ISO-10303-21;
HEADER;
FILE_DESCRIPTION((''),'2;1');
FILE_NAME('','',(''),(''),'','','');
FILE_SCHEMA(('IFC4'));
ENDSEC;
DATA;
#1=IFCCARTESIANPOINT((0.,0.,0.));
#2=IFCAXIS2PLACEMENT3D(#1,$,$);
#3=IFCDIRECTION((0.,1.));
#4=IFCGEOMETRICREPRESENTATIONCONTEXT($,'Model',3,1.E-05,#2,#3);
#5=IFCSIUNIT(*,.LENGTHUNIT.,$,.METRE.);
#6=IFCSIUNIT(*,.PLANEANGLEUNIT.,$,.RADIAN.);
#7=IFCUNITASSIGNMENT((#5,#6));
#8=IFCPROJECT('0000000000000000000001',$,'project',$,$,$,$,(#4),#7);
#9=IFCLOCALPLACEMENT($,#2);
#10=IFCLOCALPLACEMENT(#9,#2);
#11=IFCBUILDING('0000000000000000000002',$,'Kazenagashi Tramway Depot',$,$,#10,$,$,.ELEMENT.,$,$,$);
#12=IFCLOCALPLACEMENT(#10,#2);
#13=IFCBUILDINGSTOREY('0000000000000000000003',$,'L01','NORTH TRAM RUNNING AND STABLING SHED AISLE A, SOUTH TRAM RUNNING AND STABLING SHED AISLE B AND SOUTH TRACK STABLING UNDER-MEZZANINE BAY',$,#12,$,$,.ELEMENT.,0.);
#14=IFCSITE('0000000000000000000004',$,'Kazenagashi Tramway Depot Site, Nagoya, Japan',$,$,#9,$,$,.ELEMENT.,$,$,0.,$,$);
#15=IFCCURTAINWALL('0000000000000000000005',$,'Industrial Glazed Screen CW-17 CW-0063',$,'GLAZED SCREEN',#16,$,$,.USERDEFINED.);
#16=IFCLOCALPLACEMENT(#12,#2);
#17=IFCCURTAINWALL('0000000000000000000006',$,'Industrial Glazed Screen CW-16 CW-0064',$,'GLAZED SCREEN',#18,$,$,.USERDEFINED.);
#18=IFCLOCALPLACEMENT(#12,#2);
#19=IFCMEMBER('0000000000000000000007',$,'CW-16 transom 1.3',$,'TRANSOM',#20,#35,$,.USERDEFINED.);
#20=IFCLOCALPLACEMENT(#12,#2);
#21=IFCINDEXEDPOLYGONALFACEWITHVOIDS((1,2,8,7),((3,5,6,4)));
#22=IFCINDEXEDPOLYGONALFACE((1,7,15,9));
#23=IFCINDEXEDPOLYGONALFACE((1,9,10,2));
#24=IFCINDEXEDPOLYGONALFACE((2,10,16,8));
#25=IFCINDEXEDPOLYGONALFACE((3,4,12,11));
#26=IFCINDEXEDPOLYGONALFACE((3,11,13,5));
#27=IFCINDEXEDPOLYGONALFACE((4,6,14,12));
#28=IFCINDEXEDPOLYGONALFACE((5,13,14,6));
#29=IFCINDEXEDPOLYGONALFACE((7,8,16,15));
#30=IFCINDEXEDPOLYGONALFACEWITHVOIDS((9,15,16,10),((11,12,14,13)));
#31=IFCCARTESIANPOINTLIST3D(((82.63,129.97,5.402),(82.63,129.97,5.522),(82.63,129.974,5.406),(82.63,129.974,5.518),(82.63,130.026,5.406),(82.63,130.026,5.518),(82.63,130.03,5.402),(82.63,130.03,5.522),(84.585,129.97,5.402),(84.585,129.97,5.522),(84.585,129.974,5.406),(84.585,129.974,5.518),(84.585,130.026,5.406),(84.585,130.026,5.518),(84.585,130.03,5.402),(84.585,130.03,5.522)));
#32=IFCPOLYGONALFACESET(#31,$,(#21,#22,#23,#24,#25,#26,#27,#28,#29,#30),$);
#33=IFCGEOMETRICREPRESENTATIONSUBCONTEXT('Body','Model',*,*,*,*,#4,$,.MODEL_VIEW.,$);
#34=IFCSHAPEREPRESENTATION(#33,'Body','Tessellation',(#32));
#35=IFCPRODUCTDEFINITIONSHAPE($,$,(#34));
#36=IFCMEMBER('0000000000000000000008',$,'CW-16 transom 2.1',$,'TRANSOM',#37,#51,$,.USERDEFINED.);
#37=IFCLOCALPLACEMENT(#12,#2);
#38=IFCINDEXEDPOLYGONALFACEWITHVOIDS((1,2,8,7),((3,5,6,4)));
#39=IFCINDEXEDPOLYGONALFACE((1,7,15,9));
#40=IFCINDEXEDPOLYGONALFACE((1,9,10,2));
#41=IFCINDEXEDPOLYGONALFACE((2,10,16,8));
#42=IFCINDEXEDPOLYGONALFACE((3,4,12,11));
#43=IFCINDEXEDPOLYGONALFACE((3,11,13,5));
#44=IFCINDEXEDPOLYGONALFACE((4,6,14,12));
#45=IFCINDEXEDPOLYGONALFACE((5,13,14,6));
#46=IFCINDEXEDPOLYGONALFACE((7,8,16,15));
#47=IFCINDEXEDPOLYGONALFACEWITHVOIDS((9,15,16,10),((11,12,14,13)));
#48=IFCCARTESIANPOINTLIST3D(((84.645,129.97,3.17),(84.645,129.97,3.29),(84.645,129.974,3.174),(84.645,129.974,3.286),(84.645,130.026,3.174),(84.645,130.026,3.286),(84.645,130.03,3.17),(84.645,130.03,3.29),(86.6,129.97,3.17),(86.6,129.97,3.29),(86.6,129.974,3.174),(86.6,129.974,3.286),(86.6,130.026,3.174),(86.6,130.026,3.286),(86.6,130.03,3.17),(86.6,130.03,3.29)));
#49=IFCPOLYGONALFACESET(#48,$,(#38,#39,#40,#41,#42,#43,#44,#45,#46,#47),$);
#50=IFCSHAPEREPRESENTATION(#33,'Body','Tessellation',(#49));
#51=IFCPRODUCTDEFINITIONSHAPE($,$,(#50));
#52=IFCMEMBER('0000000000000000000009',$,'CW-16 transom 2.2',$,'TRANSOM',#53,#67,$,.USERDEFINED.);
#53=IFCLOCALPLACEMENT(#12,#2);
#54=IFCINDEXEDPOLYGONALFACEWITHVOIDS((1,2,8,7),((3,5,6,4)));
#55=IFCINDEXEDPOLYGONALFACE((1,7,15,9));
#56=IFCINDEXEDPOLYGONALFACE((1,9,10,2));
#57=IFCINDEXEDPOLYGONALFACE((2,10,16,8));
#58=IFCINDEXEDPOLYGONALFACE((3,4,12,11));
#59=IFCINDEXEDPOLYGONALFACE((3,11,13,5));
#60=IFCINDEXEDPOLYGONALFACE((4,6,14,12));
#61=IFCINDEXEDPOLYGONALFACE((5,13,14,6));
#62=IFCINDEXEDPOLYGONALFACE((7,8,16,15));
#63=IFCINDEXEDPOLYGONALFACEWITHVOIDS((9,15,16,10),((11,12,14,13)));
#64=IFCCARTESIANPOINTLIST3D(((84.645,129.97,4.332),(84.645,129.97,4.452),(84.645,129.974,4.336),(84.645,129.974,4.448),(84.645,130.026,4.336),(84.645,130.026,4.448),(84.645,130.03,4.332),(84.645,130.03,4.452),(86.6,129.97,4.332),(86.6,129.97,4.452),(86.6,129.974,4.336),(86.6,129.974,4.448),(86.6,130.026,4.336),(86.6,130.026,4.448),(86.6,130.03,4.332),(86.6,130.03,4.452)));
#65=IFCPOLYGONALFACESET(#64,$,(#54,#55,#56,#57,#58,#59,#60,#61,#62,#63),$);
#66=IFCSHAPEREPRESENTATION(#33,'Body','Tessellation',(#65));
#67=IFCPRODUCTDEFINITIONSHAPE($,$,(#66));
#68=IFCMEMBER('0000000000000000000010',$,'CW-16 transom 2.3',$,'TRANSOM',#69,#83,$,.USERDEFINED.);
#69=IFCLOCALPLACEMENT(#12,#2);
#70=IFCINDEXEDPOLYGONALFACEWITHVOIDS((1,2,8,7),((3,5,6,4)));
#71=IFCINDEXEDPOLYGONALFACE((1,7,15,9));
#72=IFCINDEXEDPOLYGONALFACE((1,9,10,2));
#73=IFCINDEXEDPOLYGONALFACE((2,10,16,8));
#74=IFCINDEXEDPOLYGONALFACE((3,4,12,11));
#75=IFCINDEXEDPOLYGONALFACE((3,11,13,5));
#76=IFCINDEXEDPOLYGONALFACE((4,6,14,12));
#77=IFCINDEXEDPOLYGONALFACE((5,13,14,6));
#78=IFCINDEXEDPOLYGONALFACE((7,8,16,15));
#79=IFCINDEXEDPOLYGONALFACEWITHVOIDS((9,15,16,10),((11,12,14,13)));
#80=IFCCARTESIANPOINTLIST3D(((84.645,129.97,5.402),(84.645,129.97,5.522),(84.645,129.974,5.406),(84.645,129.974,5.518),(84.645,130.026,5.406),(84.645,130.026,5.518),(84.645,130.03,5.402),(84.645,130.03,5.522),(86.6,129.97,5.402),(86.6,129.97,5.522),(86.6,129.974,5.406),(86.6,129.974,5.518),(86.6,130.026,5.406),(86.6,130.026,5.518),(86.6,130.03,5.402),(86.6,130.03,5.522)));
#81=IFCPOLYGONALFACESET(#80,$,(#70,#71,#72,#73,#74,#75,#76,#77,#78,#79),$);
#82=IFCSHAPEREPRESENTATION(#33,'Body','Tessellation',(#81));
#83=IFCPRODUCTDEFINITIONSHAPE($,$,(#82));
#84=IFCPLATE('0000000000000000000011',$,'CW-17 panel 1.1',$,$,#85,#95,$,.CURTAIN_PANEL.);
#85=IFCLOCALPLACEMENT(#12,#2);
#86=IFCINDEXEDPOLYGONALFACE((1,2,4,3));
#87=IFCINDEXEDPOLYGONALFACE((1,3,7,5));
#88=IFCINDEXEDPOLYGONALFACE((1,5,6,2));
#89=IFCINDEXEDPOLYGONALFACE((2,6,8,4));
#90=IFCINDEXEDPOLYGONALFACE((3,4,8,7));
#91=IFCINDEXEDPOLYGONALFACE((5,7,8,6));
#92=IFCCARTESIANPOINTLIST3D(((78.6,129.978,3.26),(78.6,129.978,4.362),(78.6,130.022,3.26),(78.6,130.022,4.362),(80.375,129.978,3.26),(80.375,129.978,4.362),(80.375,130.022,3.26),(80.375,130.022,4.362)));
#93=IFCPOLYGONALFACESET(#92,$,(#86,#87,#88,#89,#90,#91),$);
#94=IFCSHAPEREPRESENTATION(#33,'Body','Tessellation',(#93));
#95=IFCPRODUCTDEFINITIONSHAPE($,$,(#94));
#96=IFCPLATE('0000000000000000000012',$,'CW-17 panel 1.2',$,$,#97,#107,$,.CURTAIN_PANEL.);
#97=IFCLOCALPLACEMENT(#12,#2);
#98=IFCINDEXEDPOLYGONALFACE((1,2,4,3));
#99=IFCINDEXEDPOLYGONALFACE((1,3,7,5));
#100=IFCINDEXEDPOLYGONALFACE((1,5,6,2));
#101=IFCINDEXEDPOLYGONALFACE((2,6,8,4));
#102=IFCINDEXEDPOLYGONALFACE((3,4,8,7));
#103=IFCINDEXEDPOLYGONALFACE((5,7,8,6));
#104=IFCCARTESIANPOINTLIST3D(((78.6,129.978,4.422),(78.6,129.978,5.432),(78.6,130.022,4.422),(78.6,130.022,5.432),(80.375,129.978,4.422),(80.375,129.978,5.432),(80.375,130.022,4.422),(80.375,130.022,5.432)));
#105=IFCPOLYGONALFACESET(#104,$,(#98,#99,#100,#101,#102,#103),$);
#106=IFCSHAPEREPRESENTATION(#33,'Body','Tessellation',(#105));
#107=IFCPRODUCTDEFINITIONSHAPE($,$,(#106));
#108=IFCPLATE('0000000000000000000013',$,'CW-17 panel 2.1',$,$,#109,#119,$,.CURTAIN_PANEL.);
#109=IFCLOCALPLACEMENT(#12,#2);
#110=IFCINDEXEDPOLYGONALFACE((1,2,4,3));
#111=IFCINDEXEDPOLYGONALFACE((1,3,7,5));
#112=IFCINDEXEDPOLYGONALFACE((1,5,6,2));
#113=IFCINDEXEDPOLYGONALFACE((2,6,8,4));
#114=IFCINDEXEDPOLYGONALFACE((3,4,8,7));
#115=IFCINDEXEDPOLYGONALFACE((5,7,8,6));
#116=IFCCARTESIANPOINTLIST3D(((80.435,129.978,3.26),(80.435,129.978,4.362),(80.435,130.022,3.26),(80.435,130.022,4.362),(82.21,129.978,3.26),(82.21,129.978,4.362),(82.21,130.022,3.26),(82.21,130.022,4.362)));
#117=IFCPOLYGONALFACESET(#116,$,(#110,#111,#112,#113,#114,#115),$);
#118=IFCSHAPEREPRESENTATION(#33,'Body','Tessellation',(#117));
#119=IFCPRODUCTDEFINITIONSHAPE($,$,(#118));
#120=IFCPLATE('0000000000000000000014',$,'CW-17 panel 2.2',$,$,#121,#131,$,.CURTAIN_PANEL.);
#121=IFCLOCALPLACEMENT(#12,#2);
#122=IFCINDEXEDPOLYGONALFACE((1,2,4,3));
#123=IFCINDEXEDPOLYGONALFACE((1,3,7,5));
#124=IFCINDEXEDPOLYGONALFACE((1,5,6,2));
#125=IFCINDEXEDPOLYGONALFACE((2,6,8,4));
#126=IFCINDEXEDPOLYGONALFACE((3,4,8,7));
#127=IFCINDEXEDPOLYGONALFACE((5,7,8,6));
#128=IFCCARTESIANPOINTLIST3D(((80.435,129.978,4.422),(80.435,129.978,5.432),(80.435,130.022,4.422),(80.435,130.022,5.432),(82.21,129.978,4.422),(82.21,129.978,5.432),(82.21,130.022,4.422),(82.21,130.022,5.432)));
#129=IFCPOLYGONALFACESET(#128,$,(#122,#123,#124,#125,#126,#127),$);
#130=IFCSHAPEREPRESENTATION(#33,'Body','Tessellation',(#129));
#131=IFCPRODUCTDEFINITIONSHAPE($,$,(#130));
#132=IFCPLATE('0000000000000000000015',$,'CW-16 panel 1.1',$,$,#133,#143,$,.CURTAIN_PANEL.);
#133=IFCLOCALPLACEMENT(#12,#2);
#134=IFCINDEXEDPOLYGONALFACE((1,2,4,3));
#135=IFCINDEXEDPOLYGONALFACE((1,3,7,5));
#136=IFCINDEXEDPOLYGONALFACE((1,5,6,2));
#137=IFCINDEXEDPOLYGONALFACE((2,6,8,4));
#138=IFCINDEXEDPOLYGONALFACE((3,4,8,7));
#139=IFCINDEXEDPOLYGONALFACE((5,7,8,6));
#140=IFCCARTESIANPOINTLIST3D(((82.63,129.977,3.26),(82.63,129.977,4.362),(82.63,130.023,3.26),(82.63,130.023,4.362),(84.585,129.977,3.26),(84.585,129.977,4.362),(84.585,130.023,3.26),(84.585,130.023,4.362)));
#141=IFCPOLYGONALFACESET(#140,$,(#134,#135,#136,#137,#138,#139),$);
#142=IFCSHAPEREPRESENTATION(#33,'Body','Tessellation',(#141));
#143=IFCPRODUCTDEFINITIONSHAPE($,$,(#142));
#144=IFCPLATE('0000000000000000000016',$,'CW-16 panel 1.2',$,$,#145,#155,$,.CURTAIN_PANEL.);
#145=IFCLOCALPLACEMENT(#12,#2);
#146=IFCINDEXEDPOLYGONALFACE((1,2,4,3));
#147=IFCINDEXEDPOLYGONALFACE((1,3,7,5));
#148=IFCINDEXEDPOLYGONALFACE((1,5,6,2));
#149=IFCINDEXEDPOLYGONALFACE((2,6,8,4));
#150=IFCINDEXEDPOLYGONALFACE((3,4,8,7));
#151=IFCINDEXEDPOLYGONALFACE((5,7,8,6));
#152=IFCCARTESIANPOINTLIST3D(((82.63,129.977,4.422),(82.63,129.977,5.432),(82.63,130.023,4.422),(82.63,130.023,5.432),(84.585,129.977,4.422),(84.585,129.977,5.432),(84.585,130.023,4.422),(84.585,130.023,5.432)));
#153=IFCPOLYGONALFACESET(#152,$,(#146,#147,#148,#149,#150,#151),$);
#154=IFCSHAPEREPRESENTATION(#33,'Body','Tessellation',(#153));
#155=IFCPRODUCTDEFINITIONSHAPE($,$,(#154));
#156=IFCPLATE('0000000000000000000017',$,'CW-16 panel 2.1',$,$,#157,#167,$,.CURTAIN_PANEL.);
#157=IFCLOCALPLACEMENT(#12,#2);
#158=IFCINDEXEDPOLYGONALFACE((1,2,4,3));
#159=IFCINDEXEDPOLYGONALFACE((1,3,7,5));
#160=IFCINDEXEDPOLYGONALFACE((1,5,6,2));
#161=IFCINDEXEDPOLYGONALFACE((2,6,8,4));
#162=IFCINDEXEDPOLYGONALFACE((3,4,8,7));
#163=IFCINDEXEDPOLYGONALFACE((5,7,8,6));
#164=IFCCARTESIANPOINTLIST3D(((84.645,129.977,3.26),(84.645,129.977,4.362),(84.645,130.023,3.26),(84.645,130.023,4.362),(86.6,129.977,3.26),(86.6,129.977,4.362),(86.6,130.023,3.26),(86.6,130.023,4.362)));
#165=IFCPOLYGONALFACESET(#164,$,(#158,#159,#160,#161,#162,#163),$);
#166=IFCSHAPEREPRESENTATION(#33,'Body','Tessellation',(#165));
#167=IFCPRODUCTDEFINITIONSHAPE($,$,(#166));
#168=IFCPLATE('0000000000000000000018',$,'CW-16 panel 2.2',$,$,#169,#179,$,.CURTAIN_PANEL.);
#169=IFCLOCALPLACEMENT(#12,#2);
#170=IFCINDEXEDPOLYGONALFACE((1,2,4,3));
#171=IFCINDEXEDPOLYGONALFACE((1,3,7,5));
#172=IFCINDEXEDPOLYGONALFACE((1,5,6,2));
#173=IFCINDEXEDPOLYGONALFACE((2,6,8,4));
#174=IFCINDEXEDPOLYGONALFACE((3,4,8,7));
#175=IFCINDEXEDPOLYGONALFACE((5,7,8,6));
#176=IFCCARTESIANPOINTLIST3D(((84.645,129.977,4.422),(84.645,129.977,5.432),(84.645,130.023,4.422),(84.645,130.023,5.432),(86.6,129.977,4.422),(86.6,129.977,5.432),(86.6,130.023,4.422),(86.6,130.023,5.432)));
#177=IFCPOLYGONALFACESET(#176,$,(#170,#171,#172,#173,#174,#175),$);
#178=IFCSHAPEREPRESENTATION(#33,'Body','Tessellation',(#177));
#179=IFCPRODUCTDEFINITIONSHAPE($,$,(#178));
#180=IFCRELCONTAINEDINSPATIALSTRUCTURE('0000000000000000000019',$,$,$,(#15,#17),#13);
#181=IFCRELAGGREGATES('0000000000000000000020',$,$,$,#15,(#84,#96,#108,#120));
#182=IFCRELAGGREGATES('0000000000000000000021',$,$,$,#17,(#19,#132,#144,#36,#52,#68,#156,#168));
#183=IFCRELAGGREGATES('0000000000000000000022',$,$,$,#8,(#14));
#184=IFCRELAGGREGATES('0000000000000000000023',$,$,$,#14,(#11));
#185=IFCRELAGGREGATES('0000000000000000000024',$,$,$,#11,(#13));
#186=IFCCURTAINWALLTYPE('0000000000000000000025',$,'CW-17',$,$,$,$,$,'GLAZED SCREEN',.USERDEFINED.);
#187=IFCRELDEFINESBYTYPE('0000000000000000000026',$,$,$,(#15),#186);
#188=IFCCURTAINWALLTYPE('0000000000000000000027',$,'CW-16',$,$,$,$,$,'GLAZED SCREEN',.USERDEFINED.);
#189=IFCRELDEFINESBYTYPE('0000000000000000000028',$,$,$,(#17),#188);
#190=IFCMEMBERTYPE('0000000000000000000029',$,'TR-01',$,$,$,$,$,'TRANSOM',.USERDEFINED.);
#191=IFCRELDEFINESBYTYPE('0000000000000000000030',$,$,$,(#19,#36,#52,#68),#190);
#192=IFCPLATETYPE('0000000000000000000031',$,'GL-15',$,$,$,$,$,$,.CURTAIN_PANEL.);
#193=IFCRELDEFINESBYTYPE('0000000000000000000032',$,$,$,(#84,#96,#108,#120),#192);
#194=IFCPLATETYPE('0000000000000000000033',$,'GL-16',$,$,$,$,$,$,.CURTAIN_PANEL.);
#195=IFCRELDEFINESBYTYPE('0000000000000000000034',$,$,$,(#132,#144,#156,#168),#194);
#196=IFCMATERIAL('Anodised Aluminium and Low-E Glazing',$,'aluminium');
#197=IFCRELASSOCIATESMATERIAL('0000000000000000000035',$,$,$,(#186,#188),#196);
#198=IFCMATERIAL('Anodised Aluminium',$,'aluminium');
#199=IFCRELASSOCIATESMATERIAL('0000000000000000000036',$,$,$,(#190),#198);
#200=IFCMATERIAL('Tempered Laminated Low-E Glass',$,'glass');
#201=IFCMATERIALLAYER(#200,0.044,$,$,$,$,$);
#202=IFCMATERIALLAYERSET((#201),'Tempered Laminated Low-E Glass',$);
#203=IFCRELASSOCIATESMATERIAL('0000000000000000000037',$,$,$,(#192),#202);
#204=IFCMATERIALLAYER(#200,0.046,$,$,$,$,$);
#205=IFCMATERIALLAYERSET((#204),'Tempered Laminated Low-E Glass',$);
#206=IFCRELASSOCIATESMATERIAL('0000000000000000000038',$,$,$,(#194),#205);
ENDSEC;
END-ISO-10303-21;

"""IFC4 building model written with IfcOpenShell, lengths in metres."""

from ifc_helpers import new_model, si_unit, direction, frame, origin, origin_2d, place, context, subcontext, project, spatial, rectangle, hollow_rectangle, extrude, material, layer, layer_set, material_profile, profile_set, type_object, element, aggregate, save


model = new_model("IFC4")

# Units and contexts
model_context = context("Model", 3, precision=1e-05, world=origin(), true_north=direction((0.0, 1.0)))
body_context = subcontext(model_context, "Body", "Model", "MODEL_VIEW")
ifc_project = project(units=[si_unit("LENGTHUNIT", "METRE"), si_unit("PLANEANGLEUNIT", "RADIAN")], contexts=[model_context])

# Site, building, storey
site_placement = place(None, origin())
site = spatial("IfcSite", under=ifc_project, at=site_placement, Name="Kazenagashi Tramway Depot Site, Nagoya, Japan", CompositionType="ELEMENT", RefElevation=0.0)
building_placement = place(site_placement, origin())
building = spatial("IfcBuilding", under=site, at=building_placement, Name="Kazenagashi Tramway Depot", CompositionType="ELEMENT")
storey_placement = place(building_placement, origin())
storey = spatial("IfcBuildingStorey", under=building, at=storey_placement, Name="L01", Description="NORTH TRAM RUNNING AND STABLING SHED AISLE A, SOUTH TRAM RUNNING AND STABLING SHED AISLE B AND SOUTH TRACK STABLING UNDER-MEZZANINE BAY", CompositionType="ELEMENT", Elevation=0.0)

# Curtain walls
ifc_material_1 = material(Name="Anodised Aluminium and Low-E Glazing", Category="aluminium")
curtain_wall_type_1 = type_object("IfcCurtainWallType", Name="CW-17", ElementType="GLAZED SCREEN", PredefinedType="USERDEFINED", material=ifc_material_1)
curtain_wall_1_placement = place(storey_placement, origin())
curtain_wall_1 = element("IfcCurtainWall", 1, at=curtain_wall_1_placement, inside=storey, type_object=curtain_wall_type_1, Name="Industrial Glazed Screen CW-17 CW-0063", ObjectType="GLAZED SCREEN", PredefinedType="USERDEFINED")
ifc_material_2 = material(Name="Anodised Aluminium", Category="aluminium")
curtain_wall_type_2 = type_object("IfcCurtainWallType", Name="CW-16", ElementType="GLAZED SCREEN", PredefinedType="USERDEFINED", material=ifc_material_1)
curtain_wall_2_placement = place(storey_placement, origin())
curtain_wall_2 = element("IfcCurtainWall", 2, at=curtain_wall_2_placement, inside=storey, type_object=curtain_wall_type_2, Name="Industrial Glazed Screen CW-16 CW-0064", ObjectType="GLAZED SCREEN", PredefinedType="USERDEFINED")

# Members
ifc_material_profile_1 = material_profile(ifc_material_2, hollow_rectangle(XDim=0.06, YDim=0.12, WallThickness=0.004, at=origin_2d()), Name="RHS-120x60x4")
ifc_profile_set_1 = profile_set([ifc_material_profile_1], Name="Anodised Aluminium")
member_type_1 = type_object("IfcMemberType", Name="TR-01", ElementType="TRANSOM", PredefinedType="USERDEFINED", material=ifc_profile_set_1)
member_1_placement = place(storey_placement, frame((82.63, 130.0, 5.462), z_axis=(1.0, 0.0, 0.0), x_axis=(0.0, 1.0, 0.0)))
member_1 = element("IfcMember", 3, at=member_1_placement, type_object=member_type_1, Name="CW-16 transom 1.3", ObjectType="TRANSOM", PredefinedType="USERDEFINED", context=body_context, shape_type="SweptSolid", body=[
    extrude(hollow_rectangle(XDim=0.06, YDim=0.12, WallThickness=0.004, at=origin_2d()), origin(), (0.0, 0.0, 1.0), 1.955),
])
member_2_placement = place(storey_placement, frame((84.645, 130.0, 3.23), z_axis=(1.0, 0.0, 0.0), x_axis=(0.0, 1.0, 0.0)))
member_2 = element("IfcMember", 4, at=member_2_placement, type_object=member_type_1, Name="CW-16 transom 2.1", ObjectType="TRANSOM", PredefinedType="USERDEFINED", context=body_context, shape_type="SweptSolid", body=[
    extrude(hollow_rectangle(XDim=0.06, YDim=0.12, WallThickness=0.004, at=origin_2d()), origin(), (0.0, 0.0, 1.0), 1.955),
])
member_3_placement = place(storey_placement, frame((84.645, 130.0, 4.392), z_axis=(1.0, 0.0, 0.0), x_axis=(0.0, 1.0, 0.0)))
member_3 = element("IfcMember", 5, at=member_3_placement, type_object=member_type_1, Name="CW-16 transom 2.2", ObjectType="TRANSOM", PredefinedType="USERDEFINED", context=body_context, shape_type="SweptSolid", body=[
    extrude(hollow_rectangle(XDim=0.06, YDim=0.12, WallThickness=0.004, at=origin_2d()), origin(), (0.0, 0.0, 1.0), 1.955),
])
member_4_placement = place(storey_placement, frame((84.645, 130.0, 5.462), z_axis=(1.0, 0.0, 0.0), x_axis=(0.0, 1.0, 0.0)))
member_4 = element("IfcMember", 6, at=member_4_placement, type_object=member_type_1, Name="CW-16 transom 2.3", ObjectType="TRANSOM", PredefinedType="USERDEFINED", context=body_context, shape_type="SweptSolid", body=[
    extrude(hollow_rectangle(XDim=0.06, YDim=0.12, WallThickness=0.004, at=origin_2d()), origin(), (0.0, 0.0, 1.0), 1.955),
])

# Plates
ifc_material_3 = material(Name="Tempered Laminated Low-E Glass", Category="glass")
ifc_layer_1 = layer(ifc_material_3, 0.044)
ifc_layer_set_1 = layer_set([ifc_layer_1], Name="Tempered Laminated Low-E Glass")
plate_type_1 = type_object("IfcPlateType", Name="GL-15", PredefinedType="CURTAIN_PANEL", material=ifc_layer_set_1)
plate_1_placement = place(storey_placement, frame((79.4875, 130.0, 3.26), z_axis=(0.0, 0.0, 1.0), x_axis=(1.0, 0.0, 0.0)))
plate_1 = element("IfcPlate", 7, at=plate_1_placement, type_object=plate_type_1, Name="CW-17 panel 1.1", PredefinedType="CURTAIN_PANEL", context=body_context, shape_type="SweptSolid", body=[
    extrude(rectangle(XDim=1.775, YDim=0.044, at=origin_2d()), origin(), (0.0, 0.0, 1.0), 1.102),
])
plate_2_placement = place(storey_placement, frame((79.4875, 130.0, 4.422), z_axis=(0.0, 0.0, 1.0), x_axis=(1.0, 0.0, 0.0)))
plate_2 = element("IfcPlate", 8, at=plate_2_placement, type_object=plate_type_1, Name="CW-17 panel 1.2", PredefinedType="CURTAIN_PANEL", context=body_context, shape_type="SweptSolid", body=[
    extrude(rectangle(XDim=1.775, YDim=0.044, at=origin_2d()), origin(), (0.0, 0.0, 1.0), 1.01),
])
plate_3_placement = place(storey_placement, frame((81.3225, 130.0, 3.26), z_axis=(0.0, 0.0, 1.0), x_axis=(1.0, 0.0, 0.0)))
plate_3 = element("IfcPlate", 9, at=plate_3_placement, type_object=plate_type_1, Name="CW-17 panel 2.1", PredefinedType="CURTAIN_PANEL", context=body_context, shape_type="SweptSolid", body=[
    extrude(rectangle(XDim=1.775, YDim=0.044, at=origin_2d()), origin(), (0.0, 0.0, 1.0), 1.102),
])
plate_4_placement = place(storey_placement, frame((81.3225, 130.0, 4.422), z_axis=(0.0, 0.0, 1.0), x_axis=(1.0, 0.0, 0.0)))
plate_4 = element("IfcPlate", 10, at=plate_4_placement, type_object=plate_type_1, Name="CW-17 panel 2.2", PredefinedType="CURTAIN_PANEL", context=body_context, shape_type="SweptSolid", body=[
    extrude(rectangle(XDim=1.775, YDim=0.044, at=origin_2d()), origin(), (0.0, 0.0, 1.0), 1.01),
])
aggregate(curtain_wall_1, [plate_1, plate_2, plate_3, plate_4])
ifc_layer_2 = layer(ifc_material_3, 0.046)
ifc_layer_set_2 = layer_set([ifc_layer_2], Name="Tempered Laminated Low-E Glass")
plate_type_2 = type_object("IfcPlateType", Name="GL-16", PredefinedType="CURTAIN_PANEL", material=ifc_layer_set_2)
plate_5_placement = place(storey_placement, frame((83.6075, 130.0, 3.26), z_axis=(0.0, 0.0, 1.0), x_axis=(1.0, 0.0, 0.0)))
plate_5 = element("IfcPlate", 11, at=plate_5_placement, type_object=plate_type_2, Name="CW-16 panel 1.1", PredefinedType="CURTAIN_PANEL", context=body_context, shape_type="SweptSolid", body=[
    extrude(rectangle(XDim=1.955, YDim=0.046, at=origin_2d()), origin(), (0.0, 0.0, 1.0), 1.102),
])
plate_6_placement = place(storey_placement, frame((83.6075, 130.0, 4.422), z_axis=(0.0, 0.0, 1.0), x_axis=(1.0, 0.0, 0.0)))
plate_6 = element("IfcPlate", 12, at=plate_6_placement, type_object=plate_type_2, Name="CW-16 panel 1.2", PredefinedType="CURTAIN_PANEL", context=body_context, shape_type="SweptSolid", body=[
    extrude(rectangle(XDim=1.955, YDim=0.046, at=origin_2d()), origin(), (0.0, 0.0, 1.0), 1.01),
])
plate_7_placement = place(storey_placement, frame((85.6225, 130.0, 3.26), z_axis=(0.0, 0.0, 1.0), x_axis=(1.0, 0.0, 0.0)))
plate_7 = element("IfcPlate", 13, at=plate_7_placement, type_object=plate_type_2, Name="CW-16 panel 2.1", PredefinedType="CURTAIN_PANEL", context=body_context, shape_type="SweptSolid", body=[
    extrude(rectangle(XDim=1.955, YDim=0.046, at=origin_2d()), origin(), (0.0, 0.0, 1.0), 1.102),
])
plate_8_placement = place(storey_placement, frame((85.6225, 130.0, 4.422), z_axis=(0.0, 0.0, 1.0), x_axis=(1.0, 0.0, 0.0)))
plate_8 = element("IfcPlate", 14, at=plate_8_placement, type_object=plate_type_2, Name="CW-16 panel 2.2", PredefinedType="CURTAIN_PANEL", context=body_context, shape_type="SweptSolid", body=[
    extrude(rectangle(XDim=1.955, YDim=0.046, at=origin_2d()), origin(), (0.0, 0.0, 1.0), 1.01),
])
aggregate(curtain_wall_2, [member_1, plate_5, plate_6, member_2, member_3, member_4, plate_7, plate_8])

save(model, "model.ifc")
